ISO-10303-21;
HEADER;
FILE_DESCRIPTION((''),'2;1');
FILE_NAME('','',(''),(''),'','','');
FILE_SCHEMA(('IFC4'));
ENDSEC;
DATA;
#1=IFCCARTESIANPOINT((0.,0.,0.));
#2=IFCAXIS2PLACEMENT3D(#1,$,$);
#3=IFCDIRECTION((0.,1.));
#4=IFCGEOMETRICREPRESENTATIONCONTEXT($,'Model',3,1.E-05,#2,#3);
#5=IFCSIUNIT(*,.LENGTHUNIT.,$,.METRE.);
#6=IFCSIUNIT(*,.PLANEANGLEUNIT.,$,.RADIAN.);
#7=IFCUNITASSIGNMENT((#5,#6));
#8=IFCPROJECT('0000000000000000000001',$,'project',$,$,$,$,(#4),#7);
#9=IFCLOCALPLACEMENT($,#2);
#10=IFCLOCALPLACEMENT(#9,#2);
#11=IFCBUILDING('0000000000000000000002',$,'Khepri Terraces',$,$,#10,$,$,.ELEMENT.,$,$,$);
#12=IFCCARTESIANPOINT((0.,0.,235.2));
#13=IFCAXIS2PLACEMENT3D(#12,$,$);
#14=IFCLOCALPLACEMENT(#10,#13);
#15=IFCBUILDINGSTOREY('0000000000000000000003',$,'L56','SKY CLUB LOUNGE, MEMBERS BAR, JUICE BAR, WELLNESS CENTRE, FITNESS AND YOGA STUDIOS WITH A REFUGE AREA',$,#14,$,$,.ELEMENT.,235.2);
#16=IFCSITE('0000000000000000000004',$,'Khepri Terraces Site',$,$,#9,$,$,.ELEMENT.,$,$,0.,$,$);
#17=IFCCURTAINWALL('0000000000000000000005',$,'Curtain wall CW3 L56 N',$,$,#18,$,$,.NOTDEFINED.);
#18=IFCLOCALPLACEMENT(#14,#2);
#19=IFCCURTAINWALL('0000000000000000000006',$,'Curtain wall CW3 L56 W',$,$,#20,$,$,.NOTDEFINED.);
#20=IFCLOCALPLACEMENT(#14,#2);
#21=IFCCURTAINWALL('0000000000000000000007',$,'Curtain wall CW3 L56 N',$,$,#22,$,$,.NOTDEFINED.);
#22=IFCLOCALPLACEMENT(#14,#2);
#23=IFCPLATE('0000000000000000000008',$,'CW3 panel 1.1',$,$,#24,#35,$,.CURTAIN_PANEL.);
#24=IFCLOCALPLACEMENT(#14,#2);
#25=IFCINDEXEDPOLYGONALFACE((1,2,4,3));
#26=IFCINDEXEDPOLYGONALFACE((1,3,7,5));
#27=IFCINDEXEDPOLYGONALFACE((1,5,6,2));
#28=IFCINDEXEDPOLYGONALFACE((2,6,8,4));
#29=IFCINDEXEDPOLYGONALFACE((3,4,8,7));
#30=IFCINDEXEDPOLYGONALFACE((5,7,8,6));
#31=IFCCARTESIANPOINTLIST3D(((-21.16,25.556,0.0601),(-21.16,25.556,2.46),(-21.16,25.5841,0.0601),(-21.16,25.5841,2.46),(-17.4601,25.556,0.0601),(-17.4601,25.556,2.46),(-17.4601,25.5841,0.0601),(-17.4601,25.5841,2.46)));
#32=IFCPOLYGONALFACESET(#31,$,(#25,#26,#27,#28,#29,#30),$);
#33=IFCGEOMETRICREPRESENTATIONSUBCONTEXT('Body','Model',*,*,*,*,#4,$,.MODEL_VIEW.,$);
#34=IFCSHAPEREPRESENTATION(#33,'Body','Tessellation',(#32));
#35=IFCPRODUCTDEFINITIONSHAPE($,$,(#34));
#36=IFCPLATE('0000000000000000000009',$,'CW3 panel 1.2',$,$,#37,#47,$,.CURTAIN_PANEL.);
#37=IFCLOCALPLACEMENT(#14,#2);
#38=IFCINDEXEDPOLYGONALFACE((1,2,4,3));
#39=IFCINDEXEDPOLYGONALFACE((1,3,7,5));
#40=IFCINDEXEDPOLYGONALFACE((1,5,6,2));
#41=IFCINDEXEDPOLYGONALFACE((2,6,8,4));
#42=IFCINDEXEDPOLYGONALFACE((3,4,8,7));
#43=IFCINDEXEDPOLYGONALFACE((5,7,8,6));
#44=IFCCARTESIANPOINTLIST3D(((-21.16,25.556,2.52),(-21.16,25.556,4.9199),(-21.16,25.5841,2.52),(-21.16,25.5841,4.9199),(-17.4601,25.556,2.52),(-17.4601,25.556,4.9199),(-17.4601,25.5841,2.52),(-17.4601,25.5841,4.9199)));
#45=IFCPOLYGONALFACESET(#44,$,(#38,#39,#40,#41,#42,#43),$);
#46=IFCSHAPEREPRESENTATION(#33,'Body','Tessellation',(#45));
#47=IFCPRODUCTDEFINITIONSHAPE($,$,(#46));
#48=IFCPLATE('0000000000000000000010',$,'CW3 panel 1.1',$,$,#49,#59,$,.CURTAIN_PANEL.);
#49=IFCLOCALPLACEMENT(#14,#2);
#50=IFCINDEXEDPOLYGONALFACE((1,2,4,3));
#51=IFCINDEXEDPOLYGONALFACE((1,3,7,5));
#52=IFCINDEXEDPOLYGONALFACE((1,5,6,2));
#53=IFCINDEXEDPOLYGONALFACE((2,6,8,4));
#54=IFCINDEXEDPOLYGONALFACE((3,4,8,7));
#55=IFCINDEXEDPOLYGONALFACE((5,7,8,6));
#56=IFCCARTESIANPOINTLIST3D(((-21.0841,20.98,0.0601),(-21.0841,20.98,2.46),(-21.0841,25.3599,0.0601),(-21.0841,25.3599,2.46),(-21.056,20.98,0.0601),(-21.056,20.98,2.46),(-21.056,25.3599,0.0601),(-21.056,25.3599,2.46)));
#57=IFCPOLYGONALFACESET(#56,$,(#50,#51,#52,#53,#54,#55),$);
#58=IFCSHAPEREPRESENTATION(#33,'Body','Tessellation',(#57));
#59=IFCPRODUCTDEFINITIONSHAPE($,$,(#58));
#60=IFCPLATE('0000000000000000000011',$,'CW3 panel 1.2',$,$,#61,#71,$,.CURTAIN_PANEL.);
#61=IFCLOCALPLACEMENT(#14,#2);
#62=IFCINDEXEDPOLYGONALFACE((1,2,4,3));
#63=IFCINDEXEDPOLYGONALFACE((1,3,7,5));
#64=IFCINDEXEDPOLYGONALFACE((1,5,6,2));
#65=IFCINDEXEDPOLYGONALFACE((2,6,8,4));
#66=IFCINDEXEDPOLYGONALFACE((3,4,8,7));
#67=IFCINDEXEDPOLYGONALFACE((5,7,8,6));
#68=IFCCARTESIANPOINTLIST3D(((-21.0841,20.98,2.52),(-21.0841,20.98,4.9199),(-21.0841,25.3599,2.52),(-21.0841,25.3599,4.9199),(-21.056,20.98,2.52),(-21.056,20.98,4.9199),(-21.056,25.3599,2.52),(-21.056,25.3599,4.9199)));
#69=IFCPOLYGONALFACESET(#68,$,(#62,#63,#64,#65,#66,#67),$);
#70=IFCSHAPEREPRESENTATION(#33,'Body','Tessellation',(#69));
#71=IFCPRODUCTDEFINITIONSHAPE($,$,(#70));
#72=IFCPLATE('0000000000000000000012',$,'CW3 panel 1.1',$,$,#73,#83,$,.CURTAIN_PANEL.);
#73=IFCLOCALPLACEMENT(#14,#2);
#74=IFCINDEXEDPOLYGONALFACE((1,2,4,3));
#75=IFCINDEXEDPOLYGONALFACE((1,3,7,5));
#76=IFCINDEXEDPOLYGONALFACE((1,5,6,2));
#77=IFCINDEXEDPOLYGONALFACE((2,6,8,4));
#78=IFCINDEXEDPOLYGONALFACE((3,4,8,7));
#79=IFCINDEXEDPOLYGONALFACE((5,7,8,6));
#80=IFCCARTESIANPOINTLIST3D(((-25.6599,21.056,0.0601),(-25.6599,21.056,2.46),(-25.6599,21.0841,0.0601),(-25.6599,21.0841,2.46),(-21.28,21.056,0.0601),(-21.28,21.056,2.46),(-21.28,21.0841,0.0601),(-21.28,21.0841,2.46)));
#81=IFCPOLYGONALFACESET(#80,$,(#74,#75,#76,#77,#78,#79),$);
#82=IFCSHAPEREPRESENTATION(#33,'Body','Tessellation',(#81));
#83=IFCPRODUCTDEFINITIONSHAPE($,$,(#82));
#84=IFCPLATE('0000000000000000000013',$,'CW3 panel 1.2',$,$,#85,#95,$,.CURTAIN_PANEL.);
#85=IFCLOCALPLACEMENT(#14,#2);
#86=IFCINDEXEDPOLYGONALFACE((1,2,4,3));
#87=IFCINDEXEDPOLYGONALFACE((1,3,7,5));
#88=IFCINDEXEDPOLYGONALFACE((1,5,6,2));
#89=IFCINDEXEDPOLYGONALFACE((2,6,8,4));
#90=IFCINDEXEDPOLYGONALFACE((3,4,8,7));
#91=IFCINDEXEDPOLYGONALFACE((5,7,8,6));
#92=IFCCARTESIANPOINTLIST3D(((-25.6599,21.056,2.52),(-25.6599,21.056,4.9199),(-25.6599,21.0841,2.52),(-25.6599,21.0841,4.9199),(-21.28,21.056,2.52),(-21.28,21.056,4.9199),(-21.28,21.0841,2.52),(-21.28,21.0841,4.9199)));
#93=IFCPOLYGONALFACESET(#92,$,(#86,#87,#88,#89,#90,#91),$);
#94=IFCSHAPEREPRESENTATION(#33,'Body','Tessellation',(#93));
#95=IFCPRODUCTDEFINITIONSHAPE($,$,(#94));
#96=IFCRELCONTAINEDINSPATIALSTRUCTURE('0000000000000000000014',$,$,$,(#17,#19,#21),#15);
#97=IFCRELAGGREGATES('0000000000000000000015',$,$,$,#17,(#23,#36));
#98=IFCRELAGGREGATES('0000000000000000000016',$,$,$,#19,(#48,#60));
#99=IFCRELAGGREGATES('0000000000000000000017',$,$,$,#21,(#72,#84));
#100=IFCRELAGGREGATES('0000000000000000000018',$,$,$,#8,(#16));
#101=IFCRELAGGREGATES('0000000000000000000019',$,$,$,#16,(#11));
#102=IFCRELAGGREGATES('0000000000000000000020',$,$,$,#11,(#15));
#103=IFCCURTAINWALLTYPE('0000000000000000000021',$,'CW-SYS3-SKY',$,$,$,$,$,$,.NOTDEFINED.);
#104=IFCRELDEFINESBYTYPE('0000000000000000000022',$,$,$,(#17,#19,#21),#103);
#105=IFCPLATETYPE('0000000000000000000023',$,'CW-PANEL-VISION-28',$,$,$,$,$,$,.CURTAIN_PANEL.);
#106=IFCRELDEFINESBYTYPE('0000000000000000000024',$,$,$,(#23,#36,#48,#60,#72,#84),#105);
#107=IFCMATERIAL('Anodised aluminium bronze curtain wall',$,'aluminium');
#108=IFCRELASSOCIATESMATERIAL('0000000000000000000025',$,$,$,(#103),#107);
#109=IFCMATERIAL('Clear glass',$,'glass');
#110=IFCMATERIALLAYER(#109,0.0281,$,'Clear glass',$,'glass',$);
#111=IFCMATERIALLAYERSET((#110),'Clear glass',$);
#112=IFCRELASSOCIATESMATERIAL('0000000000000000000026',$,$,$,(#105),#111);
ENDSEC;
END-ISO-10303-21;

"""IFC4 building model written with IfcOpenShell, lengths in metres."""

from ifc_helpers import new_model, si_unit, direction, frame, origin, origin_2d, place, context, subcontext, project, spatial, rectangle, extrude, material, layer, layer_set, type_object, element, aggregate, save


model = new_model("IFC4")

# Units and contexts
model_context = context("Model", 3, precision=1e-05, world=origin(), true_north=direction((0.0, 1.0)))
body_context = subcontext(model_context, "Body", "Model", "MODEL_VIEW")
ifc_project = project(units=[si_unit("LENGTHUNIT", "METRE"), si_unit("PLANEANGLEUNIT", "RADIAN")], contexts=[model_context])

# Site, building, storey
site_placement = place(None, origin())
site = spatial("IfcSite", under=ifc_project, at=site_placement, Name="Khepri Terraces Site", CompositionType="ELEMENT", RefElevation=0.0)
building_placement = place(site_placement, origin())
building = spatial("IfcBuilding", under=site, at=building_placement, Name="Khepri Terraces", CompositionType="ELEMENT")
storey_placement = place(building_placement, frame((0.0, 0.0, 235.2)))
storey = spatial("IfcBuildingStorey", under=building, at=storey_placement, Name="L56", Description="SKY CLUB LOUNGE, MEMBERS BAR, JUICE BAR, WELLNESS CENTRE, FITNESS AND YOGA STUDIOS WITH A REFUGE AREA", CompositionType="ELEMENT", Elevation=235.2)

# Curtain walls
ifc_material_1 = material(Name="Anodised aluminium bronze curtain wall", Category="aluminium")
curtain_wall_type = type_object("IfcCurtainWallType", Name="CW-SYS3-SKY", PredefinedType="NOTDEFINED", material=ifc_material_1)
curtain_wall_1_placement = place(storey_placement, origin())
curtain_wall_1 = element("IfcCurtainWall", 1, at=curtain_wall_1_placement, inside=storey, type_object=curtain_wall_type, Name="Curtain wall CW3 L56 N", PredefinedType="NOTDEFINED")
curtain_wall_2_placement = place(storey_placement, origin())
curtain_wall_2 = element("IfcCurtainWall", 2, at=curtain_wall_2_placement, inside=storey, type_object=curtain_wall_type, Name="Curtain wall CW3 L56 W", PredefinedType="NOTDEFINED")
curtain_wall_3_placement = place(storey_placement, origin())
curtain_wall_3 = element("IfcCurtainWall", 3, at=curtain_wall_3_placement, inside=storey, type_object=curtain_wall_type, Name="Curtain wall CW3 L56 N", PredefinedType="NOTDEFINED")

# Plates
ifc_material_2 = material(Name="Clear glass", Category="glass")
ifc_layer = layer(ifc_material_2, 0.0281, Name="Clear glass", Category="glass")
ifc_layer_set = layer_set([ifc_layer], Name="Clear glass")
plate_type = type_object("IfcPlateType", Name="CW-PANEL-VISION-28", PredefinedType="CURTAIN_PANEL", material=ifc_layer_set)
plate_1_placement = place(storey_placement, frame((-19.3101, 25.5701, 0.0601), z_axis=(0.0, 0.0, 1.0), x_axis=(-1.0, 0.0, 0.0)))
plate_1 = element("IfcPlate", 4, at=plate_1_placement, type_object=plate_type, Name="CW3 panel 1.1", PredefinedType="CURTAIN_PANEL", context=body_context, shape_type="SweptSolid", body=[
    extrude(rectangle(XDim=3.7, YDim=0.0281, at=origin_2d()), origin(), (0.0, 0.0, 1.0), 2.3999),
])
plate_2_placement = place(storey_placement, frame((-19.3101, 25.5701, 2.52), z_axis=(0.0, 0.0, 1.0), x_axis=(-1.0, 0.0, 0.0)))
plate_2 = element("IfcPlate", 5, at=plate_2_placement, type_object=plate_type, Name="CW3 panel 1.2", PredefinedType="CURTAIN_PANEL", context=body_context, shape_type="SweptSolid", body=[
    extrude(rectangle(XDim=3.7, YDim=0.0281, at=origin_2d()), origin(), (0.0, 0.0, 1.0), 2.3999),
])
aggregate(curtain_wall_1, [plate_1, plate_2])
plate_3_placement = place(storey_placement, frame((-21.0701, 23.1699, 0.0601), z_axis=(0.0, 0.0, 1.0), x_axis=(0.0, -1.0, 0.0)))
plate_3 = element("IfcPlate", 6, at=plate_3_placement, type_object=plate_type, Name="CW3 panel 1.1", PredefinedType="CURTAIN_PANEL", context=body_context, shape_type="SweptSolid", body=[
    extrude(rectangle(XDim=4.3799, YDim=0.0281, at=origin_2d()), origin(), (0.0, 0.0, 1.0), 2.3999),
])
plate_4_placement = place(storey_placement, frame((-21.0701, 23.1699, 2.52), z_axis=(0.0, 0.0, 1.0), x_axis=(0.0, -1.0, 0.0)))
plate_4 = element("IfcPlate", 7, at=plate_4_placement, type_object=plate_type, Name="CW3 panel 1.2", PredefinedType="CURTAIN_PANEL", context=body_context, shape_type="SweptSolid", body=[
    extrude(rectangle(XDim=4.3799, YDim=0.0281, at=origin_2d()), origin(), (0.0, 0.0, 1.0), 2.3999),
])
aggregate(curtain_wall_2, [plate_3, plate_4])
plate_5_placement = place(storey_placement, frame((-23.47, 21.0701, 0.0601), z_axis=(0.0, 0.0, 1.0), x_axis=(-1.0, 0.0, 0.0)))
plate_5 = element("IfcPlate", 8, at=plate_5_placement, type_object=plate_type, Name="CW3 panel 1.1", PredefinedType="CURTAIN_PANEL", context=body_context, shape_type="SweptSolid", body=[
    extrude(rectangle(XDim=4.3799, YDim=0.0281, at=origin_2d()), origin(), (0.0, 0.0, 1.0), 2.3999),
])
plate_6_placement = place(storey_placement, frame((-23.47, 21.0701, 2.52), z_axis=(0.0, 0.0, 1.0), x_axis=(-1.0, 0.0, 0.0)))
plate_6 = element("IfcPlate", 9, at=plate_6_placement, type_object=plate_type, Name="CW3 panel 1.2", PredefinedType="CURTAIN_PANEL", context=body_context, shape_type="SweptSolid", body=[
    extrude(rectangle(XDim=4.3799, YDim=0.0281, at=origin_2d()), origin(), (0.0, 0.0, 1.0), 2.3999),
])
aggregate(curtain_wall_3, [plate_5, plate_6])

save(model, "model.ifc")
